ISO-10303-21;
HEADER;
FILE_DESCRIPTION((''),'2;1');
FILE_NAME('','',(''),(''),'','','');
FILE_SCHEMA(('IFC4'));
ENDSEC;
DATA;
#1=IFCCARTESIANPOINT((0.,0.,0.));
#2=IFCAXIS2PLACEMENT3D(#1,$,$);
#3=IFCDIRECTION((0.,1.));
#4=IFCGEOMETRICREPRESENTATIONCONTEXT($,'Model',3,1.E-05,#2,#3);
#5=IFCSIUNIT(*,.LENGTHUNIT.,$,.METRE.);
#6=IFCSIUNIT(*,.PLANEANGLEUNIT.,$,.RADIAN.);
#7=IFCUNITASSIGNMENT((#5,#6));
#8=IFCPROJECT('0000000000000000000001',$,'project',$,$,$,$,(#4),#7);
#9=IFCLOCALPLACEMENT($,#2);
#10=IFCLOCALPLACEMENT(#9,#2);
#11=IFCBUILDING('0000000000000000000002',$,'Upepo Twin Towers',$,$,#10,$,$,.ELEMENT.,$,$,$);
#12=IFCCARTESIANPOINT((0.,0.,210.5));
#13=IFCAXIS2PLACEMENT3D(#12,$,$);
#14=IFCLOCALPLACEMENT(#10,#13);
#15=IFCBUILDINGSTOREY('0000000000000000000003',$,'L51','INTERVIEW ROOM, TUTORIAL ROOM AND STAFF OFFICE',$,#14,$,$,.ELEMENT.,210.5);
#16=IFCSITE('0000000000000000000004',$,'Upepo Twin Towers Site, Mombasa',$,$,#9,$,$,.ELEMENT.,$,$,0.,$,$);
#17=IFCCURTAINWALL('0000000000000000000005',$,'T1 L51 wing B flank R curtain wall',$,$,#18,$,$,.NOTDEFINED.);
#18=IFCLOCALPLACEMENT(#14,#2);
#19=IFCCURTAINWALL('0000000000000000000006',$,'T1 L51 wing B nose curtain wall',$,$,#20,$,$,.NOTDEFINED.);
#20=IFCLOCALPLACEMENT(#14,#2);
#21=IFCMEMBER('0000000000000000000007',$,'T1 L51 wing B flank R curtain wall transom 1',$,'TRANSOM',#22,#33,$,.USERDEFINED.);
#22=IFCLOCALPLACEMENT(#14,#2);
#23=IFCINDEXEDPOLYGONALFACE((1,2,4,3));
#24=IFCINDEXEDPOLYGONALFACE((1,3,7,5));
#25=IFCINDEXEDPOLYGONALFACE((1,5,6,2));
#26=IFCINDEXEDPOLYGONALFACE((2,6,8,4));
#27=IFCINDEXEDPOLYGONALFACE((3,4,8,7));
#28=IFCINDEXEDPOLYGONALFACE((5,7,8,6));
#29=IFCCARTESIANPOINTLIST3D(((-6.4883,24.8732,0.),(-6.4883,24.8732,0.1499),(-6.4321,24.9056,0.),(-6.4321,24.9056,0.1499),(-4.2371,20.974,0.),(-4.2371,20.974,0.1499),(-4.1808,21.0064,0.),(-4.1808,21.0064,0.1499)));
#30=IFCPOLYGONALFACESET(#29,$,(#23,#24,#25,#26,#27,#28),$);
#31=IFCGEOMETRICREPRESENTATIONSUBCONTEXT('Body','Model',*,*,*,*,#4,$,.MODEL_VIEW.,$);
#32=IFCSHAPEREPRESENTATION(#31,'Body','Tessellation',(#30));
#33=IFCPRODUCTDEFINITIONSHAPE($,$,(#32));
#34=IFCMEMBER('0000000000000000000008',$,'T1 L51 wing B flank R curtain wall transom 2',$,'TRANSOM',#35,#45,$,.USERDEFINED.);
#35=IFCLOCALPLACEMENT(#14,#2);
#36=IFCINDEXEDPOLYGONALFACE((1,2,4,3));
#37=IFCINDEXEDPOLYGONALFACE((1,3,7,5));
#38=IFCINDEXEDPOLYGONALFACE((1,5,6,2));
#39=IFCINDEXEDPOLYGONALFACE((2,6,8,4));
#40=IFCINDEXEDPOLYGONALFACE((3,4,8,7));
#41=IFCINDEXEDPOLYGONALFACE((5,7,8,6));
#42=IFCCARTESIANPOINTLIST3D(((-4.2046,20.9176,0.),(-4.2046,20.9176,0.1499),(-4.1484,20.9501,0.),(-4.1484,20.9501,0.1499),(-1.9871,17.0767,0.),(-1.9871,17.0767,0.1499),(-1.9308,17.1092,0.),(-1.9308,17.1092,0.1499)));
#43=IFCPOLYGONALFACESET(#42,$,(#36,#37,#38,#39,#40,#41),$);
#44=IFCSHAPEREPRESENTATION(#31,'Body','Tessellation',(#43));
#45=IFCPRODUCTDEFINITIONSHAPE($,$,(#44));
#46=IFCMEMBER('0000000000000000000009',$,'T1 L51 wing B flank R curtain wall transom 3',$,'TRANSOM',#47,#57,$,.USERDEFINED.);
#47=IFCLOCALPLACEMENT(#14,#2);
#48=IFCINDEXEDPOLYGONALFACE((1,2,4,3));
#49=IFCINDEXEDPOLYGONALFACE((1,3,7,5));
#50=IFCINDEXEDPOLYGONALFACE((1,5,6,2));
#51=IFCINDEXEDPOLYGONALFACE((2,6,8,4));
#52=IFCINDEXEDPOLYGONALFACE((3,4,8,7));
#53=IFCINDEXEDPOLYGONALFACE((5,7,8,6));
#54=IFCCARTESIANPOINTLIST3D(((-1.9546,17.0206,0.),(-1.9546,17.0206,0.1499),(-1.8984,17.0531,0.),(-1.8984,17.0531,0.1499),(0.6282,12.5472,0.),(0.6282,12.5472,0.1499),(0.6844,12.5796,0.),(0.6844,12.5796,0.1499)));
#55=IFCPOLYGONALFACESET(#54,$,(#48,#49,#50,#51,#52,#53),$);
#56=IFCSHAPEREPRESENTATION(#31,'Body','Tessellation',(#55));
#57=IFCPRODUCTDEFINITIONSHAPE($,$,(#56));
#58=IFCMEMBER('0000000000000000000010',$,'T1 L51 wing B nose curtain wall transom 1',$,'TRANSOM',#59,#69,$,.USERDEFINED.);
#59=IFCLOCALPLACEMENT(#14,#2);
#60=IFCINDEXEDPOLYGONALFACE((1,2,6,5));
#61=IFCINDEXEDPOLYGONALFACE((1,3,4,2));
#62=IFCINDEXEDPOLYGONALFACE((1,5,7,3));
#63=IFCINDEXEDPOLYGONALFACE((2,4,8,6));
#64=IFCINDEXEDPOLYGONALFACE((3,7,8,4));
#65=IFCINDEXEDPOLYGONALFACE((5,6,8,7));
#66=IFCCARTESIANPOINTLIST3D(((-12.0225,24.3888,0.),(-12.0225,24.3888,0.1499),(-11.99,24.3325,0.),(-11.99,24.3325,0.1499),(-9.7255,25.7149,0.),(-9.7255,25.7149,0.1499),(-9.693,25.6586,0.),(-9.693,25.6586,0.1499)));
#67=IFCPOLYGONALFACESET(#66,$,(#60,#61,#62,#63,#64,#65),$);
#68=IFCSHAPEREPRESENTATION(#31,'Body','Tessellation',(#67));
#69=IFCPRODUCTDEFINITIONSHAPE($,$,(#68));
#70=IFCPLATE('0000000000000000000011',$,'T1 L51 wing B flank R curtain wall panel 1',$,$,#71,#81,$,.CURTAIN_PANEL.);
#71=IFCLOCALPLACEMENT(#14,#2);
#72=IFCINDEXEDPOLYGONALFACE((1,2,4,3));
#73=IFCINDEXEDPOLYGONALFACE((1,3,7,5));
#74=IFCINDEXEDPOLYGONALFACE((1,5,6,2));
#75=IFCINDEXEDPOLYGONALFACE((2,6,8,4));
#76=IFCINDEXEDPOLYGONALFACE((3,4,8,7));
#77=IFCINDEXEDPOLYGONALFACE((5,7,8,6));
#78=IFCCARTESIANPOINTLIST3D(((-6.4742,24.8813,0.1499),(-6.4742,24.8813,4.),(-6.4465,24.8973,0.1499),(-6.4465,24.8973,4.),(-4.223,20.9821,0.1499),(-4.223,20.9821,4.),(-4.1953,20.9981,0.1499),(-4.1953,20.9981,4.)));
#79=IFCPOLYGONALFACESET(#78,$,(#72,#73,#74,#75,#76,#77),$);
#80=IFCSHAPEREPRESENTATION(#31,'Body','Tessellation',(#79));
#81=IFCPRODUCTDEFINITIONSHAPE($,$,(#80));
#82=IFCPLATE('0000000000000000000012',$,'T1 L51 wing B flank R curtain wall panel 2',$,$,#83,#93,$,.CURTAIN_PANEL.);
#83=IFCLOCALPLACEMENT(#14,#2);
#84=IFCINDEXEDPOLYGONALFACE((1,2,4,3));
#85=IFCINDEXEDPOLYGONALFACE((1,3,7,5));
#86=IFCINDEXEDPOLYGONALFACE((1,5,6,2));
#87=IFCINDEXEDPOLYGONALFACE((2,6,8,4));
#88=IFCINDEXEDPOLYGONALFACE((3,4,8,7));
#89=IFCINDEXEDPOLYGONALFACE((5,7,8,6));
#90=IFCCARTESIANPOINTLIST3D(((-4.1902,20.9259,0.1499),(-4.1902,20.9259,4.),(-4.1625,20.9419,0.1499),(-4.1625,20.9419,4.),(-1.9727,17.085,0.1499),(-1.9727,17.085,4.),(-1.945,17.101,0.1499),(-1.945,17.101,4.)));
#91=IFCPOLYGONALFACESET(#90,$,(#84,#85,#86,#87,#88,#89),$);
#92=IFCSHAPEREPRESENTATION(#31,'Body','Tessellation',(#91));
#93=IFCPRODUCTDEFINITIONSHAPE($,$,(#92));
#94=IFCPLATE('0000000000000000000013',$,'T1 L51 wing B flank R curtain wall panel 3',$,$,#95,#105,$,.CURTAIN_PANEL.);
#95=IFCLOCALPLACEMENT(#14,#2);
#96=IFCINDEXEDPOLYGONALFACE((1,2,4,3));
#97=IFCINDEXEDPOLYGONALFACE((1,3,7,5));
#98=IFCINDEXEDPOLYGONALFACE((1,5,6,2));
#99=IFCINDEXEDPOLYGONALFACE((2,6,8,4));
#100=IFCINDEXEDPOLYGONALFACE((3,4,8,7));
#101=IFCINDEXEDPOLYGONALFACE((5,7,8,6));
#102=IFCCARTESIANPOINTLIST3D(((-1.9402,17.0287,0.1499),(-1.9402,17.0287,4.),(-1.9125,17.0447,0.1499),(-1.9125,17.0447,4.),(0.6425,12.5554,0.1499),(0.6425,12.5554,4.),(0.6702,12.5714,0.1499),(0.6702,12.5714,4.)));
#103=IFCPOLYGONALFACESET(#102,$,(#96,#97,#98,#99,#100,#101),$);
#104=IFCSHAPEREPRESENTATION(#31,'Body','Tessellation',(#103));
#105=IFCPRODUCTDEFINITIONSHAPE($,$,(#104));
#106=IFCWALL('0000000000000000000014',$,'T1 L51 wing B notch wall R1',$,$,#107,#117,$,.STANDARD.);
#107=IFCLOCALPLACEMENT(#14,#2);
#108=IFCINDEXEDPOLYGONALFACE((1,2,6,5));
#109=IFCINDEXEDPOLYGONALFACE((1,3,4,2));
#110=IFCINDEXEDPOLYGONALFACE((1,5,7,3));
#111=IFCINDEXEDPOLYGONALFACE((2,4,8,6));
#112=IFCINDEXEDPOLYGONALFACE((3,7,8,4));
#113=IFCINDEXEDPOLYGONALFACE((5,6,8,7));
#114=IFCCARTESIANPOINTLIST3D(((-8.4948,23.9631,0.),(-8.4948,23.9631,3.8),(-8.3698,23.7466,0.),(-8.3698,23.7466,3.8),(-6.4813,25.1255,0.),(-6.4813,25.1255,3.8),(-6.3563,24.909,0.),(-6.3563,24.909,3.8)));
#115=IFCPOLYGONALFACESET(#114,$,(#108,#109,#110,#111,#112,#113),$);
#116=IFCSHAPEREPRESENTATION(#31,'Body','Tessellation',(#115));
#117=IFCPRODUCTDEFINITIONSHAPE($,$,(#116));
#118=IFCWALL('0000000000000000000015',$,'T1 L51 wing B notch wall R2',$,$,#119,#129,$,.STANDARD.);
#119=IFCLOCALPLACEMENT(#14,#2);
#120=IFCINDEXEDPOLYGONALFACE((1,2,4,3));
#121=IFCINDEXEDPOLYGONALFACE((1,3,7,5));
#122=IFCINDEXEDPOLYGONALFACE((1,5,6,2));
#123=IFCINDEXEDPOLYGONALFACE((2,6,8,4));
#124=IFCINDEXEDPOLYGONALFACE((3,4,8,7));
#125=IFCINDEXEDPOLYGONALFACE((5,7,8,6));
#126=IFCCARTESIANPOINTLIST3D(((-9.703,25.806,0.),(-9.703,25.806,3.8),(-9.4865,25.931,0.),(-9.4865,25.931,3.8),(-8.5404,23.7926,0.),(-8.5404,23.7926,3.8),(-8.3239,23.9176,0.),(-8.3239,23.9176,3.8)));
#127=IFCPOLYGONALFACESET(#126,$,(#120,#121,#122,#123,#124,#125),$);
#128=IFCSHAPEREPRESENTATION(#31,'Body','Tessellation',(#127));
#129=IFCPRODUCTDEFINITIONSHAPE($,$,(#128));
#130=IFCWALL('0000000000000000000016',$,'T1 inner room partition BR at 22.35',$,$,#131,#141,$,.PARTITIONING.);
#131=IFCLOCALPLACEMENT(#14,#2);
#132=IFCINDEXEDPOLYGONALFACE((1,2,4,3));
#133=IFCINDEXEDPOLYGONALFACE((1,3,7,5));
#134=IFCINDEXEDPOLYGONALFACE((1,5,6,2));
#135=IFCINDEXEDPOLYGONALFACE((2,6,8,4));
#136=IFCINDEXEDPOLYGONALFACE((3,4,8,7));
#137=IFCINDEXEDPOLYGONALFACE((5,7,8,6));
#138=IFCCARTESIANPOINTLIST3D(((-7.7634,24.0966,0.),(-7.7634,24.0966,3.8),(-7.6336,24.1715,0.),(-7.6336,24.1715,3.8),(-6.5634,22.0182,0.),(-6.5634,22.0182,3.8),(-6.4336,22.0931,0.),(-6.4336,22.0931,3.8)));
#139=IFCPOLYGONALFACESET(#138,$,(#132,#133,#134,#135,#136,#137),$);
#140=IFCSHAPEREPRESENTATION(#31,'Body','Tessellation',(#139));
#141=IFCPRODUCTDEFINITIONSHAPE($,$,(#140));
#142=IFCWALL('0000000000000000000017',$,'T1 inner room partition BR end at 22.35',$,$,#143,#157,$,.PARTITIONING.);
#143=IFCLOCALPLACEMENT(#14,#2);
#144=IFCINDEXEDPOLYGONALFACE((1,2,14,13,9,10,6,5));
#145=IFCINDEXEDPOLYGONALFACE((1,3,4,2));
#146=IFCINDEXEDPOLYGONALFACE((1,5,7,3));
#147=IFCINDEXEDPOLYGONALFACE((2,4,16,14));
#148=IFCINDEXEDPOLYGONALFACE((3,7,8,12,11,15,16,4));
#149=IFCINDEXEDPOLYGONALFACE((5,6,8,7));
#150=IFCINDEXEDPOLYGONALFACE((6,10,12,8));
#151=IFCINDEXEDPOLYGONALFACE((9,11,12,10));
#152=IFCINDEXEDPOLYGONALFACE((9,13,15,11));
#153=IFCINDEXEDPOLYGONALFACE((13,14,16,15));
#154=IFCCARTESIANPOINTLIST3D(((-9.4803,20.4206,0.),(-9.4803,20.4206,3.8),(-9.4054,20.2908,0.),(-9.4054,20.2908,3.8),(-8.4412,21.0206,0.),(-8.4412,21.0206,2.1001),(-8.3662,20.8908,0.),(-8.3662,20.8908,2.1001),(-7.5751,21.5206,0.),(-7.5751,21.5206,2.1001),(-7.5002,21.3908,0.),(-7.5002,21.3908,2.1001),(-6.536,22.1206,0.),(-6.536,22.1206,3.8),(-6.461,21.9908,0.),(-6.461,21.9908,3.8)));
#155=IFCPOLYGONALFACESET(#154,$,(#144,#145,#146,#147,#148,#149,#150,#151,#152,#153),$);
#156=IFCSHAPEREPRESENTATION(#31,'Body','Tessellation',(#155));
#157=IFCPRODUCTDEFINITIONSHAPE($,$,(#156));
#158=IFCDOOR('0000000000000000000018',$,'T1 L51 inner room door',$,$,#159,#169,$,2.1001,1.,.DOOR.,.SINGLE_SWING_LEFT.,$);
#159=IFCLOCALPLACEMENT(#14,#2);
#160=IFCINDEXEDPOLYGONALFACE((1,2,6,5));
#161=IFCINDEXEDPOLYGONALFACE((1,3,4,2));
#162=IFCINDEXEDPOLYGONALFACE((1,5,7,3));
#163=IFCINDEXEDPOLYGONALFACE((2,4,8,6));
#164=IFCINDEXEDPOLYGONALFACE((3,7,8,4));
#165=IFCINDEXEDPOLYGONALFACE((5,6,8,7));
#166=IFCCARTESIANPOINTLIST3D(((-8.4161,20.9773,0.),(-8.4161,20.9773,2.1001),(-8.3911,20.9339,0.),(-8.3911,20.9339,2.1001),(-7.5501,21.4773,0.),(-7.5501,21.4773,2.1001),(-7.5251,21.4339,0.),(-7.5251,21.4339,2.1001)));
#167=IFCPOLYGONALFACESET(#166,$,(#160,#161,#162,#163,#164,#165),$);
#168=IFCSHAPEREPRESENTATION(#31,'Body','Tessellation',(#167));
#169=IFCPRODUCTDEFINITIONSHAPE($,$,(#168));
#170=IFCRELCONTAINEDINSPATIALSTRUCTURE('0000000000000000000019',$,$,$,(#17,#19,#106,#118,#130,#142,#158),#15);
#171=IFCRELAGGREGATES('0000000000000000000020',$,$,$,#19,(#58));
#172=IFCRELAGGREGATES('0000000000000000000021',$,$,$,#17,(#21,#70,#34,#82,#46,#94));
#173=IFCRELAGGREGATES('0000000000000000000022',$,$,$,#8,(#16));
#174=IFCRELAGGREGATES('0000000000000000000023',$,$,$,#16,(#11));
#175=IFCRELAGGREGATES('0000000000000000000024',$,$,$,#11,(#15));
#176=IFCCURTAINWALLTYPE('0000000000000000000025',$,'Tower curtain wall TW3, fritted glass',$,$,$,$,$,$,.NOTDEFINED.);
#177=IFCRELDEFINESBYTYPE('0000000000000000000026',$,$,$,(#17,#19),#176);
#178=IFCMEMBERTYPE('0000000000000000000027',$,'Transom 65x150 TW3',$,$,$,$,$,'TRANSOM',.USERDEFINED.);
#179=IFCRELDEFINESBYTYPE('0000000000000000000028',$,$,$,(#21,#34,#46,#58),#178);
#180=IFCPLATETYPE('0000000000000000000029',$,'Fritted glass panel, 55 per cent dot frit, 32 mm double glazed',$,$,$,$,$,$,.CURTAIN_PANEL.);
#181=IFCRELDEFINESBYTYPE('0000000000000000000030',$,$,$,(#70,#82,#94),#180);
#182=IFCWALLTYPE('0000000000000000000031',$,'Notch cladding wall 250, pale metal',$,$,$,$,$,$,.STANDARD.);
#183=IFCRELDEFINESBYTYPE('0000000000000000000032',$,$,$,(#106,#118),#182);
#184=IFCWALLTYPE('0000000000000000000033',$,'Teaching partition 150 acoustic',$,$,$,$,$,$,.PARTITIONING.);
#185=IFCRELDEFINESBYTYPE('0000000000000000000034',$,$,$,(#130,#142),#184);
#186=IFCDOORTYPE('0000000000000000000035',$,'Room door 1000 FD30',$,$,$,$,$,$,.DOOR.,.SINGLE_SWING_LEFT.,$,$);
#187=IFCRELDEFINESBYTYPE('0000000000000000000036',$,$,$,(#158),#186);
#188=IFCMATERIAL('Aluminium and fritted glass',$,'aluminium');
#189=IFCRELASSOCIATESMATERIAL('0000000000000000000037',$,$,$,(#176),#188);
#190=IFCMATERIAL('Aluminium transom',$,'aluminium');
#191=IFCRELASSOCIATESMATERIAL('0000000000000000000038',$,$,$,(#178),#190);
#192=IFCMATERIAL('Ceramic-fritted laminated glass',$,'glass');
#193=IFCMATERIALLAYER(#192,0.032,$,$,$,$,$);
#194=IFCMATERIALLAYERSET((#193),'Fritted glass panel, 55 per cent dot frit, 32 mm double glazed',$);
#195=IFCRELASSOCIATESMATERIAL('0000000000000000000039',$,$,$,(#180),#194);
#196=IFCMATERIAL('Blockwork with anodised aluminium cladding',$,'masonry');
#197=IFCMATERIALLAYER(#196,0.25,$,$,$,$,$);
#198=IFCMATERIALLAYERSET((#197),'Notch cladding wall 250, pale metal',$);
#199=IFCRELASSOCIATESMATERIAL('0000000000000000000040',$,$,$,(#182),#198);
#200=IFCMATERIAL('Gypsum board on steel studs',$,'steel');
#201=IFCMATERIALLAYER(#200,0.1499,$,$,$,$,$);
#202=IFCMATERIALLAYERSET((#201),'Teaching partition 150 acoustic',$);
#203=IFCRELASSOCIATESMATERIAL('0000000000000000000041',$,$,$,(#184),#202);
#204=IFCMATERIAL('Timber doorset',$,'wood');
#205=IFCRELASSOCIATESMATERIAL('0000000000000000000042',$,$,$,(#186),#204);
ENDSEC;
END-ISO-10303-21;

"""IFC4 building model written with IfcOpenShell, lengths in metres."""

from ifc_helpers import new_model, si_unit, direction, frame, frame_2d, origin, origin_2d, place, context, subcontext, project, spatial, rectangle, extrude, material, layer, layer_set, material_profile, profile_set, type_object, element, fill, aggregate, save


model = new_model("IFC4")

# Units and contexts
model_context = context("Model", 3, precision=1e-05, world=origin(), true_north=direction((0.0, 1.0)))
body_context = subcontext(model_context, "Body", "Model", "MODEL_VIEW")
ifc_project = project(units=[si_unit("LENGTHUNIT", "METRE"), si_unit("PLANEANGLEUNIT", "RADIAN")], contexts=[model_context])

# Site, building, storey
site_placement = place(None, origin())
site = spatial("IfcSite", under=ifc_project, at=site_placement, Name="Upepo Twin Towers Site, Mombasa", CompositionType="ELEMENT", RefElevation=0.0)
building_placement = place(site_placement, origin())
building = spatial("IfcBuilding", under=site, at=building_placement, Name="Upepo Twin Towers", CompositionType="ELEMENT")
storey_placement = place(building_placement, frame((0.0, 0.0, 210.5)))
storey = spatial("IfcBuildingStorey", under=building, at=storey_placement, Name="L51", Description="INTERVIEW ROOM, TUTORIAL ROOM AND STAFF OFFICE", CompositionType="ELEMENT", Elevation=210.5)

# Curtain wall
ifc_material_1 = material(Name="Aluminium and fritted glass", Category="aluminium")
curtain_wall_type = type_object("IfcCurtainWallType", Name="Tower curtain wall TW3, fritted glass", PredefinedType="NOTDEFINED", material=ifc_material_1)
curtain_wall_1_placement = place(storey_placement, origin())
curtain_wall_1 = element("IfcCurtainWall", 1, at=curtain_wall_1_placement, inside=storey, type_object=curtain_wall_type, Name="T1 L51 wing B flank R curtain wall", PredefinedType="NOTDEFINED")

# Curtain wall
curtain_wall_2_placement = place(storey_placement, origin())
curtain_wall_2 = element("IfcCurtainWall", 2, at=curtain_wall_2_placement, inside=storey, type_object=curtain_wall_type, Name="T1 L51 wing B nose curtain wall", PredefinedType="NOTDEFINED")

# Members
ifc_material_2 = material(Name="Aluminium transom", Category="aluminium")
ifc_material_profile_1 = material_profile(ifc_material_2, rectangle(XDim=0.0649, YDim=0.1499, at=origin_2d()), Name="TRANSOM 65x150")
ifc_profile_set_1 = profile_set([ifc_material_profile_1], Name="Aluminium transom")
member_type_1 = type_object("IfcMemberType", Name="Transom 65x150 TW3", ElementType="TRANSOM", PredefinedType="USERDEFINED", material=ifc_profile_set_1)
member_1_placement = place(storey_placement, frame((-6.4602, 24.8894, 0.075), z_axis=(0.500006, -0.866022, 0.0), x_axis=(0.866022, 0.500006, 0.0)))
member_1 = element("IfcMember", 3, at=member_1_placement, type_object=member_type_1, Name="T1 L51 wing B flank R curtain wall transom 1", ObjectType="TRANSOM", PredefinedType="USERDEFINED", context=body_context, shape_type="SweptSolid", body=[
    extrude(rectangle(XDim=0.0649, YDim=0.1499, at=origin_2d()), origin(), (0.0, 0.0, 1.0), 4.5024),
])
member_2_placement = place(storey_placement, frame((-4.1765, 20.9338, 0.075), z_axis=(0.500005, -0.866022, 0.0), x_axis=(0.866022, 0.500005, 0.0)))
member_2 = element("IfcMember", 4, at=member_2_placement, type_object=member_type_1, Name="T1 L51 wing B flank R curtain wall transom 2", ObjectType="TRANSOM", PredefinedType="USERDEFINED", context=body_context, shape_type="SweptSolid", body=[
    extrude(rectangle(XDim=0.0649, YDim=0.1499, at=origin_2d()), origin(), (0.0, 0.0, 1.0), 4.4351),
])
member_3_placement = place(storey_placement, frame((-1.9265, 17.0369, 0.075), z_axis=(0.500007, -0.866021, 0.0), x_axis=(0.866021, 0.500007, 0.0)))
member_3 = element("IfcMember", 5, at=member_3_placement, type_object=member_type_1, Name="T1 L51 wing B flank R curtain wall transom 3", ObjectType="TRANSOM", PredefinedType="USERDEFINED", context=body_context, shape_type="SweptSolid", body=[
    extrude(rectangle(XDim=0.0649, YDim=0.1499, at=origin_2d()), origin(), (0.0, 0.0, 1.0), 5.1655),
])
member_4_placement = place(storey_placement, frame((-9.7092, 25.6868, 0.075), z_axis=(-0.866037, -0.49998, 0.0), x_axis=(0.49998, -0.866037, 0.0)))
member_4 = element("IfcMember", 6, at=member_4_placement, type_object=member_type_1, Name="T1 L51 wing B nose curtain wall transom 1", ObjectType="TRANSOM", PredefinedType="USERDEFINED", context=body_context, shape_type="SweptSolid", body=[
    extrude(rectangle(XDim=0.0649, YDim=0.1499, at=origin_2d()), origin(), (0.0, 0.0, 1.0), 2.6523),
])
aggregate(curtain_wall_2, [member_4])

# Plates
ifc_material_3 = material(Name="Ceramic-fritted laminated glass", Category="glass")
ifc_layer_1 = layer(ifc_material_3, 0.032)
ifc_layer_set_1 = layer_set([ifc_layer_1], Name="Fritted glass panel, 55 per cent dot frit, 32 mm double glazed")
plate_type = type_object("IfcPlateType", Name="Fritted glass panel, 55 per cent dot frit, 32 mm double glazed", PredefinedType="CURTAIN_PANEL", material=ifc_layer_set_1)
plate_1_placement = place(storey_placement, frame((-5.3347, 22.9397, 0.1499), z_axis=(0.0, 0.0, 1.0), x_axis=(0.5, -0.866025, 0.0)))
plate_1 = element("IfcPlate", 7, at=plate_1_placement, type_object=plate_type, Name="T1 L51 wing B flank R curtain wall panel 1", PredefinedType="CURTAIN_PANEL", context=body_context, shape_type="SweptSolid", body=[
    extrude(rectangle(XDim=4.5024, YDim=0.032, at=origin_2d()), origin(), (0.0, 0.0, 1.0), 3.8501),
])
plate_2_placement = place(storey_placement, frame((-3.0676, 19.0134, 0.1499), z_axis=(0.0, 0.0, 1.0), x_axis=(0.5, -0.866025, 0.0)))
plate_2 = element("IfcPlate", 8, at=plate_2_placement, type_object=plate_type, Name="T1 L51 wing B flank R curtain wall panel 2", PredefinedType="CURTAIN_PANEL", context=body_context, shape_type="SweptSolid", body=[
    extrude(rectangle(XDim=4.4351, YDim=0.032, at=origin_2d()), origin(), (0.0, 0.0, 1.0), 3.8501),
])
plate_3_placement = place(storey_placement, frame((-0.635, 14.8, 0.1499), z_axis=(0.0, 0.0, 1.0), x_axis=(0.5, -0.866025, 0.0)))
plate_3 = element("IfcPlate", 9, at=plate_3_placement, type_object=plate_type, Name="T1 L51 wing B flank R curtain wall panel 3", PredefinedType="CURTAIN_PANEL", context=body_context, shape_type="SweptSolid", body=[
    extrude(rectangle(XDim=5.1653, YDim=0.032, at=origin_2d()), origin(), (0.0, 0.0, 1.0), 3.8501),
])
aggregate(curtain_wall_1, [member_1, plate_1, member_2, plate_2, member_3, plate_3])

# Walls
ifc_material_4 = material(Name="Blockwork with anodised aluminium cladding", Category="masonry")
ifc_layer_2 = layer(ifc_material_4, 0.25)
ifc_layer_set_2 = layer_set([ifc_layer_2], Name="Notch cladding wall 250, pale metal")
wall_type_1 = type_object("IfcWallType", Name="Notch cladding wall 250, pale metal", PredefinedType="STANDARD", material=ifc_layer_set_2)
for number, where, z_axis, x_axis, name in (
    (10, (-6.4187, 25.0173, 0.0), (0.0, 0.0, 1.0), (-0.866044, -0.499968, 0.0), "T1 L51 wing B notch wall R1"),
    (11, (-8.4321, 23.855, 0.0), (0.0, 0.0, 1.0), (-0.500047, 0.865998, 0.0), "T1 L51 wing B notch wall R2"),
):
    element("IfcWall", number, at=place(storey_placement, frame(where, z_axis=z_axis, x_axis=x_axis)), inside=storey, type_object=wall_type_1, Name=name, PredefinedType="STANDARD", context=body_context, shape_type="SweptSolid", body=[
        extrude(rectangle(XDim=2.325, YDim=0.25, at=frame_2d((1.1626, 0.0))), origin(), (0.0, 0.0, 1.0), 3.8),
    ])
ifc_material_5 = material(Name="Gypsum board on steel studs", Category="steel")
ifc_layer_3 = layer(ifc_material_5, 0.1499)
ifc_layer_set_3 = layer_set([ifc_layer_3], Name="Teaching partition 150 acoustic")
wall_type_2 = type_object("IfcWallType", Name="Teaching partition 150 acoustic", PredefinedType="PARTITIONING", material=ifc_layer_set_3)
wall_1_placement = place(storey_placement, frame((-6.4985, 22.0557, 0.0), z_axis=(0.0, 0.0, 1.0), x_axis=(-0.500001, 0.866025, 0.0)))
element("IfcWall", 12, at=wall_1_placement, inside=storey, type_object=wall_type_2, Name="T1 inner room partition BR at 22.35", PredefinedType="PARTITIONING", context=body_context, shape_type="SweptSolid", body=[
    extrude(rectangle(XDim=2.3999, YDim=0.1499, at=frame_2d((1.2, 0.0))), origin(), (0.0, 0.0, 1.0), 3.8),
])

# Wall, opening, door
wall_2_placement = place(storey_placement, frame((-9.4429, 20.3557, 0.0), z_axis=(0.0, 0.0, 1.0), x_axis=(0.866021, 0.500008, 0.0)))
wall_2 = element("IfcWall", 13, at=wall_2_placement, inside=storey, type_object=wall_type_2, Name="T1 inner room partition BR end at 22.35", PredefinedType="PARTITIONING", context=body_context, shape_type="SweptSolid", body=[
    extrude(rectangle(XDim=3.3999, YDim=0.1499, at=frame_2d((1.7, 0.0))), origin(), (0.0, 0.0, 1.0), 3.8),
])
opening_1_placement = place(wall_2_placement, frame((1.2, 0.0, 0.0)))
opening_1 = element("IfcOpeningElement", 14, at=opening_1_placement, cuts=wall_2, PredefinedType="OPENING", context=body_context, shape_type="SweptSolid", body=[
    extrude(rectangle(XDim=1.0, YDim=2.1001, at=frame_2d((0.5, 1.05))), frame((0.0, 0.085, 0.0), z_axis=(0.0, -1.0, 0.0), x_axis=(1.0, 0.0, 0.0)), (0.0, 0.0, 1.0), 0.1699),
])
ifc_material_6 = material(Name="Timber doorset", Category="wood")
door_type = type_object("IfcDoorType", Name="Room door 1000 FD30", OperationType="SINGLE_SWING_LEFT", PredefinedType="DOOR", material=ifc_material_6)
door_1_placement = place(opening_1_placement, origin())
door_1 = element("IfcDoor", 15, at=door_1_placement, inside=storey, type_object=door_type, Name="T1 L51 inner room door", OperationType="SINGLE_SWING_LEFT", OverallHeight=2.1001, OverallWidth=1.0, PredefinedType="DOOR", context=body_context, shape_type="SweptSolid", body=[
    extrude(rectangle(XDim=1.0, YDim=2.1001, at=frame_2d((0.5, 1.05))), frame((0.0, 0.0249, 0.0), z_axis=(0.0, -1.0, 0.0), x_axis=(1.0, 0.0, 0.0)), (0.0, 0.0, 1.0), 0.05),
])
fill(opening_1, door_1)

save(model, "model.ifc")
